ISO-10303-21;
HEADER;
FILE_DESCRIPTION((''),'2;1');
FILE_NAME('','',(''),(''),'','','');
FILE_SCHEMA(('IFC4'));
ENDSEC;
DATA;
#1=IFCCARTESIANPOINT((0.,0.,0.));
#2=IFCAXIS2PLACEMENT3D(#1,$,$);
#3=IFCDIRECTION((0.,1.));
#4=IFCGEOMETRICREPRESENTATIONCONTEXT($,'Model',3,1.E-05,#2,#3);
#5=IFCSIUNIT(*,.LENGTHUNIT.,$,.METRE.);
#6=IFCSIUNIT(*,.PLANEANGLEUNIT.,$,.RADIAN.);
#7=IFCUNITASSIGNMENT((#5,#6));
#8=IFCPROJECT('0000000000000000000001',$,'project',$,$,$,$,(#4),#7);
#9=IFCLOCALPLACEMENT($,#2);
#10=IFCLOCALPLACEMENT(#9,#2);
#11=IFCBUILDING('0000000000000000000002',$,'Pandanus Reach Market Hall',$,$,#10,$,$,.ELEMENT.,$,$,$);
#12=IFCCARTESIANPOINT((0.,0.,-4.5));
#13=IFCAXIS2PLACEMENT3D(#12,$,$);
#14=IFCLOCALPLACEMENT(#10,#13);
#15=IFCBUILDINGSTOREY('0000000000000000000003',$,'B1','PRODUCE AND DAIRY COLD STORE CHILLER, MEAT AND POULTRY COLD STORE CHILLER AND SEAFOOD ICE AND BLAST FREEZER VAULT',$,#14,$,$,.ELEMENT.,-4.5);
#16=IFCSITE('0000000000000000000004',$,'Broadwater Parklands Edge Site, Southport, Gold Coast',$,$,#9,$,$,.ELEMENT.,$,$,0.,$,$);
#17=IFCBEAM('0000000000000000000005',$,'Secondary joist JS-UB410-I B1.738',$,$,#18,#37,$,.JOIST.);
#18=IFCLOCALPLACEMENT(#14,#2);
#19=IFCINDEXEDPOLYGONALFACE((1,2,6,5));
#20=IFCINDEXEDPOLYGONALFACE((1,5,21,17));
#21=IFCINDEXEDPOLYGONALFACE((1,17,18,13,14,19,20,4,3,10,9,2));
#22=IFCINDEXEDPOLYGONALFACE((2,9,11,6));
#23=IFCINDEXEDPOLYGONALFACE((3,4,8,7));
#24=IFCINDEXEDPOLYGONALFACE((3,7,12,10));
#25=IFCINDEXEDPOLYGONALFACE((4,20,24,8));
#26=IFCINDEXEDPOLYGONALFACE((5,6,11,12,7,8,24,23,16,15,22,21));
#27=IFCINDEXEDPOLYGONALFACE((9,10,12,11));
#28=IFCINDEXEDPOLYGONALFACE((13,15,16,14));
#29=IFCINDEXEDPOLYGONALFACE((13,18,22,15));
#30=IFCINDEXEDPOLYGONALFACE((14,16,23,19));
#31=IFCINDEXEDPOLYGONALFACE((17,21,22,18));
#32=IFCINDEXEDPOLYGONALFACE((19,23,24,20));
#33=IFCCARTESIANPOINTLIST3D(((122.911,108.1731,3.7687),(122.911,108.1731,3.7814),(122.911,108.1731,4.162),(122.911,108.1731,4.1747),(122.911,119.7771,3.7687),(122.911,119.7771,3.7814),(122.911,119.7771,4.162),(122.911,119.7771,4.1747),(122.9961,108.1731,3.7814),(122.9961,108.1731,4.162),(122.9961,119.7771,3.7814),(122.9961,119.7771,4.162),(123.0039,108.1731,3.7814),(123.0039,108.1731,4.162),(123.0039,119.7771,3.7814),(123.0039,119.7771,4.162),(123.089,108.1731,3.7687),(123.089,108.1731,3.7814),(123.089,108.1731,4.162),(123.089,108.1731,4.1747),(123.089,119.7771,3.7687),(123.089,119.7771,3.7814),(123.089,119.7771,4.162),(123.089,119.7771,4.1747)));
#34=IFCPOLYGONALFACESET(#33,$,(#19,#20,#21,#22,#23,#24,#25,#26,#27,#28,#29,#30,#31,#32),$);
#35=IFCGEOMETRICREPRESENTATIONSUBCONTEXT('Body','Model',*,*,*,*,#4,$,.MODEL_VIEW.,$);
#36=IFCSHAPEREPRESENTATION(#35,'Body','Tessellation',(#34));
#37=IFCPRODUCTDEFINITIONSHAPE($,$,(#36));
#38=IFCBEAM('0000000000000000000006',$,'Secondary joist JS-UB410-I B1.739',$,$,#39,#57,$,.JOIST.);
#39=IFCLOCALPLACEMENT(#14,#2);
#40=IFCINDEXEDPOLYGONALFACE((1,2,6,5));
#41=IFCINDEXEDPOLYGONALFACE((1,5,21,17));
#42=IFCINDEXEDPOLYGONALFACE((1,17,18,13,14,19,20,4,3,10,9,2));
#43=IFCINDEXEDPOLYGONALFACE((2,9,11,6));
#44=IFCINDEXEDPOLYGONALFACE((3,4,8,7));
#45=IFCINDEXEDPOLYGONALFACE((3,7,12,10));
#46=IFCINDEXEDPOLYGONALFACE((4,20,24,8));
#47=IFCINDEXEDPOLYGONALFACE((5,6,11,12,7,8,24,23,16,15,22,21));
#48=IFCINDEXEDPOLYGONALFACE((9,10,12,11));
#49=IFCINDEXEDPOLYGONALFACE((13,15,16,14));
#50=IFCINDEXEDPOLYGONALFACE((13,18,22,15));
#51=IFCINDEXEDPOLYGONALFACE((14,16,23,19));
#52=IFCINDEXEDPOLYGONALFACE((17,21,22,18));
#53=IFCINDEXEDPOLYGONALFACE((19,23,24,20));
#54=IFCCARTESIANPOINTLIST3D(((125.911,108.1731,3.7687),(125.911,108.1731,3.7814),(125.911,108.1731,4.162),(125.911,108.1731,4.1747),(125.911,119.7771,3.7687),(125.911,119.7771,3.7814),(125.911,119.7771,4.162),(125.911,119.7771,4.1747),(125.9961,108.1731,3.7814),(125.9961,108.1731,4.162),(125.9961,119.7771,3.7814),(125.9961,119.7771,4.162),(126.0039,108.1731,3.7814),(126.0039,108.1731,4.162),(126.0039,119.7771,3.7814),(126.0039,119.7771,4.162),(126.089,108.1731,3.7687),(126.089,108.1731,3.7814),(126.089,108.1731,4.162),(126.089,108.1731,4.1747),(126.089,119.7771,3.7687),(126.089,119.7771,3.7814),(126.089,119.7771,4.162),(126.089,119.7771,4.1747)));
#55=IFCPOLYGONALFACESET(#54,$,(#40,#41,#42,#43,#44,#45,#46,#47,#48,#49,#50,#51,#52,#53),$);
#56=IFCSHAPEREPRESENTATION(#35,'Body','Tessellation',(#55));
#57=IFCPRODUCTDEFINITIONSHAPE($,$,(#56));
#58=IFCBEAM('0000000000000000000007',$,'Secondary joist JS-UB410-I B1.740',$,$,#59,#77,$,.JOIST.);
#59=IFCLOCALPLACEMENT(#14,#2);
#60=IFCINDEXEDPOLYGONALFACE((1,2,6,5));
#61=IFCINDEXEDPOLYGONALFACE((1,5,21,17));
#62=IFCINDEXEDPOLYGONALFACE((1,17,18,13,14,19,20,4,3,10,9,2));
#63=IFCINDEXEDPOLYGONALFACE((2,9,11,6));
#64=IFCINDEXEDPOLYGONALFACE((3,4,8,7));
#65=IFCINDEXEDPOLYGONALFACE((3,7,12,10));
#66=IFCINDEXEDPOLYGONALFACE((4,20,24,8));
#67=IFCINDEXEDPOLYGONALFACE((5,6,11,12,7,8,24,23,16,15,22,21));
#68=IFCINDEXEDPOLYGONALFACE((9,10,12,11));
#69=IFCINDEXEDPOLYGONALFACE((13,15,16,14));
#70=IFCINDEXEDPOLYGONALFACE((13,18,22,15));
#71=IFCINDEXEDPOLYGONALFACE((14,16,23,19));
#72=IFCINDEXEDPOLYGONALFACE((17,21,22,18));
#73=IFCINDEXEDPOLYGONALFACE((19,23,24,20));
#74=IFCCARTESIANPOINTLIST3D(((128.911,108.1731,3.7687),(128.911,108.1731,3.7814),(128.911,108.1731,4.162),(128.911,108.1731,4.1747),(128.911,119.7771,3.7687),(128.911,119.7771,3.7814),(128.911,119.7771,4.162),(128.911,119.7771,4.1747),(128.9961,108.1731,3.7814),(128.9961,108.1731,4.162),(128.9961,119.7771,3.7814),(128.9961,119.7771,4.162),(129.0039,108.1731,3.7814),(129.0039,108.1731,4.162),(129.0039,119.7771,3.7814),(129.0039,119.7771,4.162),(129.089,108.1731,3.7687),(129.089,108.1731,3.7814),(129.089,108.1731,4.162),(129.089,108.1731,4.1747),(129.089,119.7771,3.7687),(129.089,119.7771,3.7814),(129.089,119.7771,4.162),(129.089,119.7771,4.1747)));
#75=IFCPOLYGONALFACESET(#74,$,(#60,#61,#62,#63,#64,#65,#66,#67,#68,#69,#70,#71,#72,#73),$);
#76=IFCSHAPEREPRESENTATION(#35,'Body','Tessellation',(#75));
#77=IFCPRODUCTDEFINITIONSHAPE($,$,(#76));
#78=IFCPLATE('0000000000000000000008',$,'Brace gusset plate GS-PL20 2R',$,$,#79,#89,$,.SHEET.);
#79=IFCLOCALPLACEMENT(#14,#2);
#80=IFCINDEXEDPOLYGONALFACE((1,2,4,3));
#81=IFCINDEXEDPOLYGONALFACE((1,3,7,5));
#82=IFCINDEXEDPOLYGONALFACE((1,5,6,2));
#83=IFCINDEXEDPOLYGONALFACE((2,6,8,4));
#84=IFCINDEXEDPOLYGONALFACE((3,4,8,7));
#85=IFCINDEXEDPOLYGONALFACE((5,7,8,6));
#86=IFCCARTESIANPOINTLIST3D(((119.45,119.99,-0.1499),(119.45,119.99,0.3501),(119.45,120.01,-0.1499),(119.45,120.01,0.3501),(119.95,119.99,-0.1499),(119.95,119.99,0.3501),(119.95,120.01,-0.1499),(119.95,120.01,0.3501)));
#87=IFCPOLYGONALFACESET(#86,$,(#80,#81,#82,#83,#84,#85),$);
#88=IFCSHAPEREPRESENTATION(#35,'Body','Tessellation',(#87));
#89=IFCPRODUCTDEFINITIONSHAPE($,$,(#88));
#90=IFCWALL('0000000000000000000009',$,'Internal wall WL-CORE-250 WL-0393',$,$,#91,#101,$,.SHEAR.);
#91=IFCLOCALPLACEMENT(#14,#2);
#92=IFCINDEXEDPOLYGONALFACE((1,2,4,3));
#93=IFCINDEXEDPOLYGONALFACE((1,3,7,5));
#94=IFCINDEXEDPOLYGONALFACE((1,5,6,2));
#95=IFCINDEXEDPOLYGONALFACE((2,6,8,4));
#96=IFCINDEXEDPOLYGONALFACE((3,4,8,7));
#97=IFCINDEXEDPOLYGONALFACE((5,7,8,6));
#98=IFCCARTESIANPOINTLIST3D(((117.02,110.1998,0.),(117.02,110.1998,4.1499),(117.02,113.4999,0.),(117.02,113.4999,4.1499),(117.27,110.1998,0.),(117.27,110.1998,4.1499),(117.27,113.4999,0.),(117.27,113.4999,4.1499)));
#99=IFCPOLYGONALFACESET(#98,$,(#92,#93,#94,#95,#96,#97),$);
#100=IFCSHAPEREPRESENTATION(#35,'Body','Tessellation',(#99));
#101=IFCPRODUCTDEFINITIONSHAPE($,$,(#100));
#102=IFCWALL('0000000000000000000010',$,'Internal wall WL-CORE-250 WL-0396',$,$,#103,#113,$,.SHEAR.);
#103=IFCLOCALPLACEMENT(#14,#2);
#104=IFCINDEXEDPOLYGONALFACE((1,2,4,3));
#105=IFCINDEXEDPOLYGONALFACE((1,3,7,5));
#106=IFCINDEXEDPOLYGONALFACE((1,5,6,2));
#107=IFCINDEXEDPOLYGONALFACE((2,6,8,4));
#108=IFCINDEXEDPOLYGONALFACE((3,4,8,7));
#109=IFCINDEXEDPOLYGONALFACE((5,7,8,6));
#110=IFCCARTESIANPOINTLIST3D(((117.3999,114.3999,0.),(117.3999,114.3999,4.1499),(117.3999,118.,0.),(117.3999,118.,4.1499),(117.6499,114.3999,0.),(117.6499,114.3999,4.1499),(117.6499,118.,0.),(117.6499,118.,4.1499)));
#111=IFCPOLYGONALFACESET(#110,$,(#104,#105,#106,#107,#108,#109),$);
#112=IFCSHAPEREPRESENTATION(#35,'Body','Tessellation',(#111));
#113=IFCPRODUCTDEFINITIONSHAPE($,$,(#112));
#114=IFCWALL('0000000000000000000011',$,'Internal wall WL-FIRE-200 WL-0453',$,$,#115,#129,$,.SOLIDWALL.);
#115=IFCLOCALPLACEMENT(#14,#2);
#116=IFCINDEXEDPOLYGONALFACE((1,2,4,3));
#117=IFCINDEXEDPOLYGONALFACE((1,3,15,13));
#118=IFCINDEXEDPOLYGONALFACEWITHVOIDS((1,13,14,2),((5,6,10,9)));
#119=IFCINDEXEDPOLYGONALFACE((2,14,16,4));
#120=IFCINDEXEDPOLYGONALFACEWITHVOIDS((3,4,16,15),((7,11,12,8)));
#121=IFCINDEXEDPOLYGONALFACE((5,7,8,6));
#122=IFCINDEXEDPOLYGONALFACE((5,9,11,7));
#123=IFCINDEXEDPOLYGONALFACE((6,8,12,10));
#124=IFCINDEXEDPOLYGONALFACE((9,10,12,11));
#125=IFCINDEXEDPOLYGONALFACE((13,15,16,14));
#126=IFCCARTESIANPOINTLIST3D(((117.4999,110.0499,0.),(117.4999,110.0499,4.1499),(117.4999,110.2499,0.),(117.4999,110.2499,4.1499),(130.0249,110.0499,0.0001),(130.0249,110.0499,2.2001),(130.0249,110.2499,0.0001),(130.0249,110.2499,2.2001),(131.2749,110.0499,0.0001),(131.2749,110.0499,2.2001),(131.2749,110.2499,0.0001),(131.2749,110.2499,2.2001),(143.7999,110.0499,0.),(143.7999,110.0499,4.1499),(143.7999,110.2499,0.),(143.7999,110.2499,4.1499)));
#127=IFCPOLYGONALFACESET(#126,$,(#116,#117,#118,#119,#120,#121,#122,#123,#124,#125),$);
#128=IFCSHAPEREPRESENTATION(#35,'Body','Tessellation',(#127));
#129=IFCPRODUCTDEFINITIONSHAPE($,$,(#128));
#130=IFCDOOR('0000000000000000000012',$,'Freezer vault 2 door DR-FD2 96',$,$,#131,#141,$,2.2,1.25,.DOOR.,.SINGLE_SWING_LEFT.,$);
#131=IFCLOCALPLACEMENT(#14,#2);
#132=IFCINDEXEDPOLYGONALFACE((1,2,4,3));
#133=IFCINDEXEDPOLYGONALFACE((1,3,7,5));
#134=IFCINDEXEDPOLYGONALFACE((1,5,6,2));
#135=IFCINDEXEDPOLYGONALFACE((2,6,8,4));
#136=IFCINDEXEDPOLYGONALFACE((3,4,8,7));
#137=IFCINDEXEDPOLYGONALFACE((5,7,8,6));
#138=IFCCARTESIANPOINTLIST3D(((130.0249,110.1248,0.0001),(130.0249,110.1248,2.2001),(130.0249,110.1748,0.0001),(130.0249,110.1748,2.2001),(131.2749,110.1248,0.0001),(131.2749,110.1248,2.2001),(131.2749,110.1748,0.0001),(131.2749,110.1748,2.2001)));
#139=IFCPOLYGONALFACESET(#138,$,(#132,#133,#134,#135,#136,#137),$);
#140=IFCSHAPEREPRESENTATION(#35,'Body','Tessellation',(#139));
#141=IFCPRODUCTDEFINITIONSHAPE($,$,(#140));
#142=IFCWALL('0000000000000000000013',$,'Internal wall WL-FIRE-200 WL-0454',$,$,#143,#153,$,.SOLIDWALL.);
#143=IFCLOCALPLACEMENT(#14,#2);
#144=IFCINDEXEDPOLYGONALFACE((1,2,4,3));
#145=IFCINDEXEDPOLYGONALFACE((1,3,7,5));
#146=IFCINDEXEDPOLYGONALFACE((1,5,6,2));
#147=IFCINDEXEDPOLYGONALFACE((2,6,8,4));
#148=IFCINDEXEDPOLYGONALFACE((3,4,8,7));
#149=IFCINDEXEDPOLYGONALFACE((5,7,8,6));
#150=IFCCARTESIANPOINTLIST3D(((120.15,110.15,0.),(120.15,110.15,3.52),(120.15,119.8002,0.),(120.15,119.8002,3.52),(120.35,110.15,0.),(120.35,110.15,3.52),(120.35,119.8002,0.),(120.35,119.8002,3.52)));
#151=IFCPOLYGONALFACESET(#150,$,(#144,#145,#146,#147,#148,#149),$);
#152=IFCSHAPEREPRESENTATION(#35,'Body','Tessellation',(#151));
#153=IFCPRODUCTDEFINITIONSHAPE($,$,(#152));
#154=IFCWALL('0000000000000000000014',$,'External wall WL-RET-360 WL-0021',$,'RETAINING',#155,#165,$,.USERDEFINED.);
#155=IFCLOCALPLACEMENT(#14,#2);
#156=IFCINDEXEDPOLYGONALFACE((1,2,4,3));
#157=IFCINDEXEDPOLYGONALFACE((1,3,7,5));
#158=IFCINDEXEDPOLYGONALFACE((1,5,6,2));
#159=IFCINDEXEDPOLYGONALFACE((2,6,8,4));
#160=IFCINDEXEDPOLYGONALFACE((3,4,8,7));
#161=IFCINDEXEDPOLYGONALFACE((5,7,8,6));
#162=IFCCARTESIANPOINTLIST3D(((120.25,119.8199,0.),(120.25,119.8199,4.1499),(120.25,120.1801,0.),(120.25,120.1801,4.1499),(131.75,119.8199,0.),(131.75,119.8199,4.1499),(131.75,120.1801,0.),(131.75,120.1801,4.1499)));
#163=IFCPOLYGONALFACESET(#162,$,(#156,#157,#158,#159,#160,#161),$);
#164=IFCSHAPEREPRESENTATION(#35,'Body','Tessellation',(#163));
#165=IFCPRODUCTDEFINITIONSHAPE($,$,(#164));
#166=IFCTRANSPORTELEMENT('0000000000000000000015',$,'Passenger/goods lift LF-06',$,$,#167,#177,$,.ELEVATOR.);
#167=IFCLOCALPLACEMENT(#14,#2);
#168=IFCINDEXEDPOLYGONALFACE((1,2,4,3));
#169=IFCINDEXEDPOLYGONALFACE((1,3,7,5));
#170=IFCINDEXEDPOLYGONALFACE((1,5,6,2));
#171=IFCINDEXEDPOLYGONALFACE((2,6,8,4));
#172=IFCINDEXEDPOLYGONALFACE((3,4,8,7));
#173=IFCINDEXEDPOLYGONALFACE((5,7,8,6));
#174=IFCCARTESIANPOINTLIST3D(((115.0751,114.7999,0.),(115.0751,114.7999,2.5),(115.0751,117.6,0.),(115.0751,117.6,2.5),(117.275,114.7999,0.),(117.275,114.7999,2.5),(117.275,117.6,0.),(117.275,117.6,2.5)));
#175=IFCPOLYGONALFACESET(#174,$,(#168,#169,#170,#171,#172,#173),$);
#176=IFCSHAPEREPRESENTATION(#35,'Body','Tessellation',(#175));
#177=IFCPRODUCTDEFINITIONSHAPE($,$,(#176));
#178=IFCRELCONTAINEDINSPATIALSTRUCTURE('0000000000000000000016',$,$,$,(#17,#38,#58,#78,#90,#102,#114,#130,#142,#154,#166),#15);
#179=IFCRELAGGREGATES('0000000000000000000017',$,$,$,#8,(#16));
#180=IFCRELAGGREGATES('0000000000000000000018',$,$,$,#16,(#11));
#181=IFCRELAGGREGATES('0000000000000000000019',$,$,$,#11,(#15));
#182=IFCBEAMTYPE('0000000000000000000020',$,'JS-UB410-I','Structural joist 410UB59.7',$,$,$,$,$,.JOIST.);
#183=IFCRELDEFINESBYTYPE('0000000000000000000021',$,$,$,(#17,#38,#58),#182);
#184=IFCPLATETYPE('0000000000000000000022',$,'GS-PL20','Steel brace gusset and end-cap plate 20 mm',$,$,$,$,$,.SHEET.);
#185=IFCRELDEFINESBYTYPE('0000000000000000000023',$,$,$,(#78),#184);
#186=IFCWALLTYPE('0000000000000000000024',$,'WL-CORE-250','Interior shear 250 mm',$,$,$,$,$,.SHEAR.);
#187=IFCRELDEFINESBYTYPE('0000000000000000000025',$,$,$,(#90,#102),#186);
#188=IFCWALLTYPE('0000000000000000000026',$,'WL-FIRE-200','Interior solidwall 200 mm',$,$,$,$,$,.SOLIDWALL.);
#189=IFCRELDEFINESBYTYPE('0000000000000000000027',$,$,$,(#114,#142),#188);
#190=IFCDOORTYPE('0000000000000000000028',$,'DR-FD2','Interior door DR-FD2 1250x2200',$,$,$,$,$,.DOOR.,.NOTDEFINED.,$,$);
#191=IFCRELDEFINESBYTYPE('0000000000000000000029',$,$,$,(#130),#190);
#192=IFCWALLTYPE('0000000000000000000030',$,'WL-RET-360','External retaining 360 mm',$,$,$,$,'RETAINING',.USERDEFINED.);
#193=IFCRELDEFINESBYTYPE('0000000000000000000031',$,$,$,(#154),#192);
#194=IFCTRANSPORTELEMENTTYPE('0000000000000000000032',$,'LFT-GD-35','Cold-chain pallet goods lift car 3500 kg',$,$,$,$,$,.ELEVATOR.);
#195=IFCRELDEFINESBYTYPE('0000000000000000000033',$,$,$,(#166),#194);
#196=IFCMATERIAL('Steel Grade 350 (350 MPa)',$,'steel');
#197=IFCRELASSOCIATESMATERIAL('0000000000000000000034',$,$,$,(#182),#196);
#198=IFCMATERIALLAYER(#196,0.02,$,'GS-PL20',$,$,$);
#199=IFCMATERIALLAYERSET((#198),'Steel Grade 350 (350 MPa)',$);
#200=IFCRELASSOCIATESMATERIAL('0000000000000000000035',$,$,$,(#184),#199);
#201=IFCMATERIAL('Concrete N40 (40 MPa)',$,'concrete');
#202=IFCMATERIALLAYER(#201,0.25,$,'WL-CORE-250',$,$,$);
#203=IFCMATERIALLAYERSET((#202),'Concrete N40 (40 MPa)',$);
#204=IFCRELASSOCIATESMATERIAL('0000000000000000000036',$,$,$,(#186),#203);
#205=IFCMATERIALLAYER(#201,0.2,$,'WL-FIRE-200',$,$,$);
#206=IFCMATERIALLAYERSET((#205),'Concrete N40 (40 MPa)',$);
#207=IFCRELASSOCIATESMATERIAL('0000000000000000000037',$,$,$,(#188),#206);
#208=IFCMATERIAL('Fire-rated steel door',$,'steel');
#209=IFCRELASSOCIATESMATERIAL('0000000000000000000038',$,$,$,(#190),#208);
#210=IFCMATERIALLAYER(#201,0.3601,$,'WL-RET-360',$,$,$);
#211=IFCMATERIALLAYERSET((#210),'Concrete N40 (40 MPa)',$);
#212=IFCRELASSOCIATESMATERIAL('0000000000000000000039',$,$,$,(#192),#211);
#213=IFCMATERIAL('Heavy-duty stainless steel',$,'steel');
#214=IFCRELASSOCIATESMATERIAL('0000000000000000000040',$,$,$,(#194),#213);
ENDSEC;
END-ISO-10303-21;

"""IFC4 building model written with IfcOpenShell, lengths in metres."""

from ifc_helpers import new_model, si_unit, direction, frame, frame_2d, origin, origin_2d, place, context, subcontext, project, spatial, rectangle, i_section, extrude, material, layer, layer_set, material_profile, profile_set, type_object, element, fill, save


model = new_model("IFC4")

# Units and contexts
model_context = context("Model", 3, precision=1e-05, world=origin(), true_north=direction((0.0, 1.0)))
body_context = subcontext(model_context, "Body", "Model", "MODEL_VIEW")
ifc_project = project(units=[si_unit("LENGTHUNIT", "METRE"), si_unit("PLANEANGLEUNIT", "RADIAN")], contexts=[model_context])

# Site, building, storey
site_placement = place(None, origin())
site = spatial("IfcSite", under=ifc_project, at=site_placement, Name="Broadwater Parklands Edge Site, Southport, Gold Coast", CompositionType="ELEMENT", RefElevation=0.0)
building_placement = place(site_placement, origin())
building = spatial("IfcBuilding", under=site, at=building_placement, Name="Pandanus Reach Market Hall", CompositionType="ELEMENT")
storey_placement = place(building_placement, frame((0.0, 0.0, -4.5)))
storey = spatial("IfcBuildingStorey", under=building, at=storey_placement, Name="B1", Description="PRODUCE AND DAIRY COLD STORE CHILLER, MEAT AND POULTRY COLD STORE CHILLER AND SEAFOOD ICE AND BLAST FREEZER VAULT", CompositionType="ELEMENT", Elevation=-4.5)

# Shared definitions
ifc_material_1 = material(Name="Concrete N40 (40 MPa)", Category="concrete")

# Shared definitions
ifc_material_2 = material(Name="Steel Grade 350 (350 MPa)", Category="steel")

# Beams
ifc_material_profile_1 = material_profile(ifc_material_2, i_section(OverallWidth=0.178, OverallDepth=0.406, WebThickness=0.0078, FlangeThickness=0.0127, at=origin_2d()), Name="410UB59.7", Category="LoadBearing")
ifc_profile_set_1 = profile_set([ifc_material_profile_1], Name="Steel Grade 350 (350 MPa)")
beam_type_1 = type_object("IfcBeamType", Name="JS-UB410-I", Description="Structural joist 410UB59.7", PredefinedType="JOIST", material=ifc_profile_set_1)
for number, where, z_axis, x_axis, name in (
    (1, (123.0, 108.1731, 3.9717), (0.0, 1.0, 0.0), (-1.0, 0.0, 0.0), "Secondary joist JS-UB410-I B1.738"),
    (2, (126.0, 108.1731, 3.9717), (0.0, 1.0, 0.0), (-1.0, 0.0, 0.0), "Secondary joist JS-UB410-I B1.739"),
    (3, (129.0, 108.1731, 3.9717), (0.0, 1.0, 0.0), (-1.0, 0.0, 0.0), "Secondary joist JS-UB410-I B1.740"),
):
    element("IfcBeam", number, at=place(storey_placement, frame(where, z_axis=z_axis, x_axis=x_axis)), inside=storey, type_object=beam_type_1, Name=name, PredefinedType="JOIST", context=body_context, shape_type="SweptSolid", body=[
        extrude(i_section(OverallWidth=0.178, OverallDepth=0.406, WebThickness=0.0078, FlangeThickness=0.0127, at=origin_2d()), origin(), (0.0, 0.0, 1.0), 11.604),
    ])

# Plate
ifc_layer_1 = layer(ifc_material_2, 0.02, Name="GS-PL20")
ifc_layer_set_1 = layer_set([ifc_layer_1], Name="Steel Grade 350 (350 MPa)")
plate_type = type_object("IfcPlateType", Name="GS-PL20", Description="Steel brace gusset and end-cap plate 20 mm", PredefinedType="SHEET", material=ifc_layer_set_1)
plate_placement = place(storey_placement, frame((119.7, 120.0, -0.1499), z_axis=(0.0, 0.0, 1.0), x_axis=(1.0, 0.0, 0.0)))
element("IfcPlate", 4, at=plate_placement, inside=storey, type_object=plate_type, Name="Brace gusset plate GS-PL20 2R", PredefinedType="SHEET", context=body_context, shape_type="SweptSolid", body=[
    extrude(rectangle(XDim=0.5, YDim=0.02, at=origin_2d()), origin(), (0.0, 0.0, 1.0), 0.5),
])

# Walls
ifc_layer_2 = layer(ifc_material_1, 0.25, Name="WL-CORE-250")
ifc_layer_set_2 = layer_set([ifc_layer_2], Name="Concrete N40 (40 MPa)")
wall_type_1 = type_object("IfcWallType", Name="WL-CORE-250", Description="Interior shear 250 mm", PredefinedType="SHEAR", material=ifc_layer_set_2)
wall_1_placement = place(storey_placement, frame((117.145, 110.2, 0.0), z_axis=(0.0, 0.0, 1.0), x_axis=(0.0, 1.0, 0.0)))
element("IfcWall", 5, at=wall_1_placement, inside=storey, type_object=wall_type_1, Name="Internal wall WL-CORE-250 WL-0393", PredefinedType="SHEAR", context=body_context, shape_type="SweptSolid", body=[
    extrude(rectangle(XDim=3.3, YDim=0.25, at=frame_2d((1.6499, 0.0))), origin(), (0.0, 0.0, 1.0), 4.1499),
])
wall_2_placement = place(storey_placement, frame((117.5249, 114.3999, 0.0), z_axis=(0.0, 0.0, 1.0), x_axis=(0.0, 1.0, 0.0)))
element("IfcWall", 6, at=wall_2_placement, inside=storey, type_object=wall_type_1, Name="Internal wall WL-CORE-250 WL-0396", PredefinedType="SHEAR", context=body_context, shape_type="SweptSolid", body=[
    extrude(rectangle(XDim=3.6001, YDim=0.25, at=frame_2d((1.8, 0.0))), origin(), (0.0, 0.0, 1.0), 4.1499),
])

# Wall, opening, door
ifc_layer_3 = layer(ifc_material_1, 0.2, Name="WL-FIRE-200")
ifc_layer_set_3 = layer_set([ifc_layer_3], Name="Concrete N40 (40 MPa)")
wall_type_2 = type_object("IfcWallType", Name="WL-FIRE-200", Description="Interior solidwall 200 mm", PredefinedType="SOLIDWALL", material=ifc_layer_set_3)
wall_3_placement = place(storey_placement, frame((117.5, 110.1499, 0.0), z_axis=(0.0, 0.0, 1.0), x_axis=(1.0, 0.0, 0.0)))
wall_3 = element("IfcWall", 7, at=wall_3_placement, inside=storey, type_object=wall_type_2, Name="Internal wall WL-FIRE-200 WL-0453", PredefinedType="SOLIDWALL", context=body_context, shape_type="SweptSolid", body=[
    extrude(rectangle(XDim=26.3, YDim=0.2, at=frame_2d((13.1499, 0.0))), origin(), (0.0, 0.0, 1.0), 4.1499),
])
opening_placement = place(wall_3_placement, frame((12.5249, 0.0, 0.0)))
opening = element("IfcOpeningElement", 8, at=opening_placement, cuts=wall_3, PredefinedType="OPENING", context=body_context, shape_type="SweptSolid", body=[
    extrude(rectangle(XDim=1.25, YDim=2.2, at=frame_2d((0.625, 1.1001))), frame((0.0, 0.115, 0.0), z_axis=(0.0, -1.0, 0.0), x_axis=(1.0, 0.0, 0.0)), (0.0, 0.0, 1.0), 0.23),
])
ifc_material_3 = material(Name="Fire-rated steel door", Category="steel")
door_type = type_object("IfcDoorType", Name="DR-FD2", Description="Interior door DR-FD2 1250x2200", OperationType="NOTDEFINED", PredefinedType="DOOR", material=ifc_material_3)
door_placement = place(opening_placement, origin())
door = element("IfcDoor", 9, at=door_placement, inside=storey, type_object=door_type, Name="Freezer vault 2 door DR-FD2 96", OperationType="SINGLE_SWING_LEFT", OverallHeight=2.2, OverallWidth=1.25, PredefinedType="DOOR", context=body_context, shape_type="SweptSolid", body=[
    extrude(rectangle(XDim=1.25, YDim=2.2, at=frame_2d((0.625, 1.1001))), frame((0.0, 0.0249, 0.0), z_axis=(0.0, -1.0, 0.0), x_axis=(1.0, 0.0, 0.0)), (0.0, 0.0, 1.0), 0.05),
])
fill(opening, door)

# Walls
wall_4_placement = place(storey_placement, frame((120.25, 110.1499, 0.0), z_axis=(0.0, 0.0, 1.0), x_axis=(0.0, 1.0, 0.0)))
element("IfcWall", 10, at=wall_4_placement, inside=storey, type_object=wall_type_2, Name="Internal wall WL-FIRE-200 WL-0454", PredefinedType="SOLIDWALL", context=body_context, shape_type="SweptSolid", body=[
    extrude(rectangle(XDim=9.6501, YDim=0.2, at=frame_2d((4.8252, 0.0))), origin(), (0.0, 0.0, 1.0), 3.52),
])
ifc_layer_4 = layer(ifc_material_1, 0.3601, Name="WL-RET-360")
ifc_layer_set_4 = layer_set([ifc_layer_4], Name="Concrete N40 (40 MPa)")
wall_type_3 = type_object("IfcWallType", Name="WL-RET-360", Description="External retaining 360 mm", ElementType="RETAINING", PredefinedType="USERDEFINED", material=ifc_layer_set_4)
wall_5_placement = place(storey_placement, frame((120.25, 120.0, 0.0), z_axis=(0.0, 0.0, 1.0), x_axis=(1.0, 0.0, 0.0)))
element("IfcWall", 11, at=wall_5_placement, inside=storey, type_object=wall_type_3, Name="External wall WL-RET-360 WL-0021", ObjectType="RETAINING", PredefinedType="USERDEFINED", context=body_context, shape_type="SweptSolid", body=[
    extrude(rectangle(XDim=11.5, YDim=0.3601, at=frame_2d((5.75, 0.0))), origin(), (0.0, 0.0, 1.0), 4.1499),
])

# Transport element
ifc_material_4 = material(Name="Heavy-duty stainless steel", Category="steel")
transport_element_type = type_object("IfcTransportElementType", Name="LFT-GD-35", Description="Cold-chain pallet goods lift car 3500 kg", PredefinedType="ELEVATOR", material=ifc_material_4)
transport_element_placement = place(storey_placement, frame((116.175, 116.2, 0.0), z_axis=(0.0, 0.0, 1.0), x_axis=(1.0, 0.0, 0.0)))
element("IfcTransportElement", 12, at=transport_element_placement, inside=storey, type_object=transport_element_type, Name="Passenger/goods lift LF-06", PredefinedType="ELEVATOR", context=body_context, shape_type="SweptSolid", body=[
    extrude(rectangle(XDim=2.2, YDim=2.8, at=origin_2d()), origin(), (0.0, 0.0, 1.0), 2.5),
])

save(model, "model.ifc")
